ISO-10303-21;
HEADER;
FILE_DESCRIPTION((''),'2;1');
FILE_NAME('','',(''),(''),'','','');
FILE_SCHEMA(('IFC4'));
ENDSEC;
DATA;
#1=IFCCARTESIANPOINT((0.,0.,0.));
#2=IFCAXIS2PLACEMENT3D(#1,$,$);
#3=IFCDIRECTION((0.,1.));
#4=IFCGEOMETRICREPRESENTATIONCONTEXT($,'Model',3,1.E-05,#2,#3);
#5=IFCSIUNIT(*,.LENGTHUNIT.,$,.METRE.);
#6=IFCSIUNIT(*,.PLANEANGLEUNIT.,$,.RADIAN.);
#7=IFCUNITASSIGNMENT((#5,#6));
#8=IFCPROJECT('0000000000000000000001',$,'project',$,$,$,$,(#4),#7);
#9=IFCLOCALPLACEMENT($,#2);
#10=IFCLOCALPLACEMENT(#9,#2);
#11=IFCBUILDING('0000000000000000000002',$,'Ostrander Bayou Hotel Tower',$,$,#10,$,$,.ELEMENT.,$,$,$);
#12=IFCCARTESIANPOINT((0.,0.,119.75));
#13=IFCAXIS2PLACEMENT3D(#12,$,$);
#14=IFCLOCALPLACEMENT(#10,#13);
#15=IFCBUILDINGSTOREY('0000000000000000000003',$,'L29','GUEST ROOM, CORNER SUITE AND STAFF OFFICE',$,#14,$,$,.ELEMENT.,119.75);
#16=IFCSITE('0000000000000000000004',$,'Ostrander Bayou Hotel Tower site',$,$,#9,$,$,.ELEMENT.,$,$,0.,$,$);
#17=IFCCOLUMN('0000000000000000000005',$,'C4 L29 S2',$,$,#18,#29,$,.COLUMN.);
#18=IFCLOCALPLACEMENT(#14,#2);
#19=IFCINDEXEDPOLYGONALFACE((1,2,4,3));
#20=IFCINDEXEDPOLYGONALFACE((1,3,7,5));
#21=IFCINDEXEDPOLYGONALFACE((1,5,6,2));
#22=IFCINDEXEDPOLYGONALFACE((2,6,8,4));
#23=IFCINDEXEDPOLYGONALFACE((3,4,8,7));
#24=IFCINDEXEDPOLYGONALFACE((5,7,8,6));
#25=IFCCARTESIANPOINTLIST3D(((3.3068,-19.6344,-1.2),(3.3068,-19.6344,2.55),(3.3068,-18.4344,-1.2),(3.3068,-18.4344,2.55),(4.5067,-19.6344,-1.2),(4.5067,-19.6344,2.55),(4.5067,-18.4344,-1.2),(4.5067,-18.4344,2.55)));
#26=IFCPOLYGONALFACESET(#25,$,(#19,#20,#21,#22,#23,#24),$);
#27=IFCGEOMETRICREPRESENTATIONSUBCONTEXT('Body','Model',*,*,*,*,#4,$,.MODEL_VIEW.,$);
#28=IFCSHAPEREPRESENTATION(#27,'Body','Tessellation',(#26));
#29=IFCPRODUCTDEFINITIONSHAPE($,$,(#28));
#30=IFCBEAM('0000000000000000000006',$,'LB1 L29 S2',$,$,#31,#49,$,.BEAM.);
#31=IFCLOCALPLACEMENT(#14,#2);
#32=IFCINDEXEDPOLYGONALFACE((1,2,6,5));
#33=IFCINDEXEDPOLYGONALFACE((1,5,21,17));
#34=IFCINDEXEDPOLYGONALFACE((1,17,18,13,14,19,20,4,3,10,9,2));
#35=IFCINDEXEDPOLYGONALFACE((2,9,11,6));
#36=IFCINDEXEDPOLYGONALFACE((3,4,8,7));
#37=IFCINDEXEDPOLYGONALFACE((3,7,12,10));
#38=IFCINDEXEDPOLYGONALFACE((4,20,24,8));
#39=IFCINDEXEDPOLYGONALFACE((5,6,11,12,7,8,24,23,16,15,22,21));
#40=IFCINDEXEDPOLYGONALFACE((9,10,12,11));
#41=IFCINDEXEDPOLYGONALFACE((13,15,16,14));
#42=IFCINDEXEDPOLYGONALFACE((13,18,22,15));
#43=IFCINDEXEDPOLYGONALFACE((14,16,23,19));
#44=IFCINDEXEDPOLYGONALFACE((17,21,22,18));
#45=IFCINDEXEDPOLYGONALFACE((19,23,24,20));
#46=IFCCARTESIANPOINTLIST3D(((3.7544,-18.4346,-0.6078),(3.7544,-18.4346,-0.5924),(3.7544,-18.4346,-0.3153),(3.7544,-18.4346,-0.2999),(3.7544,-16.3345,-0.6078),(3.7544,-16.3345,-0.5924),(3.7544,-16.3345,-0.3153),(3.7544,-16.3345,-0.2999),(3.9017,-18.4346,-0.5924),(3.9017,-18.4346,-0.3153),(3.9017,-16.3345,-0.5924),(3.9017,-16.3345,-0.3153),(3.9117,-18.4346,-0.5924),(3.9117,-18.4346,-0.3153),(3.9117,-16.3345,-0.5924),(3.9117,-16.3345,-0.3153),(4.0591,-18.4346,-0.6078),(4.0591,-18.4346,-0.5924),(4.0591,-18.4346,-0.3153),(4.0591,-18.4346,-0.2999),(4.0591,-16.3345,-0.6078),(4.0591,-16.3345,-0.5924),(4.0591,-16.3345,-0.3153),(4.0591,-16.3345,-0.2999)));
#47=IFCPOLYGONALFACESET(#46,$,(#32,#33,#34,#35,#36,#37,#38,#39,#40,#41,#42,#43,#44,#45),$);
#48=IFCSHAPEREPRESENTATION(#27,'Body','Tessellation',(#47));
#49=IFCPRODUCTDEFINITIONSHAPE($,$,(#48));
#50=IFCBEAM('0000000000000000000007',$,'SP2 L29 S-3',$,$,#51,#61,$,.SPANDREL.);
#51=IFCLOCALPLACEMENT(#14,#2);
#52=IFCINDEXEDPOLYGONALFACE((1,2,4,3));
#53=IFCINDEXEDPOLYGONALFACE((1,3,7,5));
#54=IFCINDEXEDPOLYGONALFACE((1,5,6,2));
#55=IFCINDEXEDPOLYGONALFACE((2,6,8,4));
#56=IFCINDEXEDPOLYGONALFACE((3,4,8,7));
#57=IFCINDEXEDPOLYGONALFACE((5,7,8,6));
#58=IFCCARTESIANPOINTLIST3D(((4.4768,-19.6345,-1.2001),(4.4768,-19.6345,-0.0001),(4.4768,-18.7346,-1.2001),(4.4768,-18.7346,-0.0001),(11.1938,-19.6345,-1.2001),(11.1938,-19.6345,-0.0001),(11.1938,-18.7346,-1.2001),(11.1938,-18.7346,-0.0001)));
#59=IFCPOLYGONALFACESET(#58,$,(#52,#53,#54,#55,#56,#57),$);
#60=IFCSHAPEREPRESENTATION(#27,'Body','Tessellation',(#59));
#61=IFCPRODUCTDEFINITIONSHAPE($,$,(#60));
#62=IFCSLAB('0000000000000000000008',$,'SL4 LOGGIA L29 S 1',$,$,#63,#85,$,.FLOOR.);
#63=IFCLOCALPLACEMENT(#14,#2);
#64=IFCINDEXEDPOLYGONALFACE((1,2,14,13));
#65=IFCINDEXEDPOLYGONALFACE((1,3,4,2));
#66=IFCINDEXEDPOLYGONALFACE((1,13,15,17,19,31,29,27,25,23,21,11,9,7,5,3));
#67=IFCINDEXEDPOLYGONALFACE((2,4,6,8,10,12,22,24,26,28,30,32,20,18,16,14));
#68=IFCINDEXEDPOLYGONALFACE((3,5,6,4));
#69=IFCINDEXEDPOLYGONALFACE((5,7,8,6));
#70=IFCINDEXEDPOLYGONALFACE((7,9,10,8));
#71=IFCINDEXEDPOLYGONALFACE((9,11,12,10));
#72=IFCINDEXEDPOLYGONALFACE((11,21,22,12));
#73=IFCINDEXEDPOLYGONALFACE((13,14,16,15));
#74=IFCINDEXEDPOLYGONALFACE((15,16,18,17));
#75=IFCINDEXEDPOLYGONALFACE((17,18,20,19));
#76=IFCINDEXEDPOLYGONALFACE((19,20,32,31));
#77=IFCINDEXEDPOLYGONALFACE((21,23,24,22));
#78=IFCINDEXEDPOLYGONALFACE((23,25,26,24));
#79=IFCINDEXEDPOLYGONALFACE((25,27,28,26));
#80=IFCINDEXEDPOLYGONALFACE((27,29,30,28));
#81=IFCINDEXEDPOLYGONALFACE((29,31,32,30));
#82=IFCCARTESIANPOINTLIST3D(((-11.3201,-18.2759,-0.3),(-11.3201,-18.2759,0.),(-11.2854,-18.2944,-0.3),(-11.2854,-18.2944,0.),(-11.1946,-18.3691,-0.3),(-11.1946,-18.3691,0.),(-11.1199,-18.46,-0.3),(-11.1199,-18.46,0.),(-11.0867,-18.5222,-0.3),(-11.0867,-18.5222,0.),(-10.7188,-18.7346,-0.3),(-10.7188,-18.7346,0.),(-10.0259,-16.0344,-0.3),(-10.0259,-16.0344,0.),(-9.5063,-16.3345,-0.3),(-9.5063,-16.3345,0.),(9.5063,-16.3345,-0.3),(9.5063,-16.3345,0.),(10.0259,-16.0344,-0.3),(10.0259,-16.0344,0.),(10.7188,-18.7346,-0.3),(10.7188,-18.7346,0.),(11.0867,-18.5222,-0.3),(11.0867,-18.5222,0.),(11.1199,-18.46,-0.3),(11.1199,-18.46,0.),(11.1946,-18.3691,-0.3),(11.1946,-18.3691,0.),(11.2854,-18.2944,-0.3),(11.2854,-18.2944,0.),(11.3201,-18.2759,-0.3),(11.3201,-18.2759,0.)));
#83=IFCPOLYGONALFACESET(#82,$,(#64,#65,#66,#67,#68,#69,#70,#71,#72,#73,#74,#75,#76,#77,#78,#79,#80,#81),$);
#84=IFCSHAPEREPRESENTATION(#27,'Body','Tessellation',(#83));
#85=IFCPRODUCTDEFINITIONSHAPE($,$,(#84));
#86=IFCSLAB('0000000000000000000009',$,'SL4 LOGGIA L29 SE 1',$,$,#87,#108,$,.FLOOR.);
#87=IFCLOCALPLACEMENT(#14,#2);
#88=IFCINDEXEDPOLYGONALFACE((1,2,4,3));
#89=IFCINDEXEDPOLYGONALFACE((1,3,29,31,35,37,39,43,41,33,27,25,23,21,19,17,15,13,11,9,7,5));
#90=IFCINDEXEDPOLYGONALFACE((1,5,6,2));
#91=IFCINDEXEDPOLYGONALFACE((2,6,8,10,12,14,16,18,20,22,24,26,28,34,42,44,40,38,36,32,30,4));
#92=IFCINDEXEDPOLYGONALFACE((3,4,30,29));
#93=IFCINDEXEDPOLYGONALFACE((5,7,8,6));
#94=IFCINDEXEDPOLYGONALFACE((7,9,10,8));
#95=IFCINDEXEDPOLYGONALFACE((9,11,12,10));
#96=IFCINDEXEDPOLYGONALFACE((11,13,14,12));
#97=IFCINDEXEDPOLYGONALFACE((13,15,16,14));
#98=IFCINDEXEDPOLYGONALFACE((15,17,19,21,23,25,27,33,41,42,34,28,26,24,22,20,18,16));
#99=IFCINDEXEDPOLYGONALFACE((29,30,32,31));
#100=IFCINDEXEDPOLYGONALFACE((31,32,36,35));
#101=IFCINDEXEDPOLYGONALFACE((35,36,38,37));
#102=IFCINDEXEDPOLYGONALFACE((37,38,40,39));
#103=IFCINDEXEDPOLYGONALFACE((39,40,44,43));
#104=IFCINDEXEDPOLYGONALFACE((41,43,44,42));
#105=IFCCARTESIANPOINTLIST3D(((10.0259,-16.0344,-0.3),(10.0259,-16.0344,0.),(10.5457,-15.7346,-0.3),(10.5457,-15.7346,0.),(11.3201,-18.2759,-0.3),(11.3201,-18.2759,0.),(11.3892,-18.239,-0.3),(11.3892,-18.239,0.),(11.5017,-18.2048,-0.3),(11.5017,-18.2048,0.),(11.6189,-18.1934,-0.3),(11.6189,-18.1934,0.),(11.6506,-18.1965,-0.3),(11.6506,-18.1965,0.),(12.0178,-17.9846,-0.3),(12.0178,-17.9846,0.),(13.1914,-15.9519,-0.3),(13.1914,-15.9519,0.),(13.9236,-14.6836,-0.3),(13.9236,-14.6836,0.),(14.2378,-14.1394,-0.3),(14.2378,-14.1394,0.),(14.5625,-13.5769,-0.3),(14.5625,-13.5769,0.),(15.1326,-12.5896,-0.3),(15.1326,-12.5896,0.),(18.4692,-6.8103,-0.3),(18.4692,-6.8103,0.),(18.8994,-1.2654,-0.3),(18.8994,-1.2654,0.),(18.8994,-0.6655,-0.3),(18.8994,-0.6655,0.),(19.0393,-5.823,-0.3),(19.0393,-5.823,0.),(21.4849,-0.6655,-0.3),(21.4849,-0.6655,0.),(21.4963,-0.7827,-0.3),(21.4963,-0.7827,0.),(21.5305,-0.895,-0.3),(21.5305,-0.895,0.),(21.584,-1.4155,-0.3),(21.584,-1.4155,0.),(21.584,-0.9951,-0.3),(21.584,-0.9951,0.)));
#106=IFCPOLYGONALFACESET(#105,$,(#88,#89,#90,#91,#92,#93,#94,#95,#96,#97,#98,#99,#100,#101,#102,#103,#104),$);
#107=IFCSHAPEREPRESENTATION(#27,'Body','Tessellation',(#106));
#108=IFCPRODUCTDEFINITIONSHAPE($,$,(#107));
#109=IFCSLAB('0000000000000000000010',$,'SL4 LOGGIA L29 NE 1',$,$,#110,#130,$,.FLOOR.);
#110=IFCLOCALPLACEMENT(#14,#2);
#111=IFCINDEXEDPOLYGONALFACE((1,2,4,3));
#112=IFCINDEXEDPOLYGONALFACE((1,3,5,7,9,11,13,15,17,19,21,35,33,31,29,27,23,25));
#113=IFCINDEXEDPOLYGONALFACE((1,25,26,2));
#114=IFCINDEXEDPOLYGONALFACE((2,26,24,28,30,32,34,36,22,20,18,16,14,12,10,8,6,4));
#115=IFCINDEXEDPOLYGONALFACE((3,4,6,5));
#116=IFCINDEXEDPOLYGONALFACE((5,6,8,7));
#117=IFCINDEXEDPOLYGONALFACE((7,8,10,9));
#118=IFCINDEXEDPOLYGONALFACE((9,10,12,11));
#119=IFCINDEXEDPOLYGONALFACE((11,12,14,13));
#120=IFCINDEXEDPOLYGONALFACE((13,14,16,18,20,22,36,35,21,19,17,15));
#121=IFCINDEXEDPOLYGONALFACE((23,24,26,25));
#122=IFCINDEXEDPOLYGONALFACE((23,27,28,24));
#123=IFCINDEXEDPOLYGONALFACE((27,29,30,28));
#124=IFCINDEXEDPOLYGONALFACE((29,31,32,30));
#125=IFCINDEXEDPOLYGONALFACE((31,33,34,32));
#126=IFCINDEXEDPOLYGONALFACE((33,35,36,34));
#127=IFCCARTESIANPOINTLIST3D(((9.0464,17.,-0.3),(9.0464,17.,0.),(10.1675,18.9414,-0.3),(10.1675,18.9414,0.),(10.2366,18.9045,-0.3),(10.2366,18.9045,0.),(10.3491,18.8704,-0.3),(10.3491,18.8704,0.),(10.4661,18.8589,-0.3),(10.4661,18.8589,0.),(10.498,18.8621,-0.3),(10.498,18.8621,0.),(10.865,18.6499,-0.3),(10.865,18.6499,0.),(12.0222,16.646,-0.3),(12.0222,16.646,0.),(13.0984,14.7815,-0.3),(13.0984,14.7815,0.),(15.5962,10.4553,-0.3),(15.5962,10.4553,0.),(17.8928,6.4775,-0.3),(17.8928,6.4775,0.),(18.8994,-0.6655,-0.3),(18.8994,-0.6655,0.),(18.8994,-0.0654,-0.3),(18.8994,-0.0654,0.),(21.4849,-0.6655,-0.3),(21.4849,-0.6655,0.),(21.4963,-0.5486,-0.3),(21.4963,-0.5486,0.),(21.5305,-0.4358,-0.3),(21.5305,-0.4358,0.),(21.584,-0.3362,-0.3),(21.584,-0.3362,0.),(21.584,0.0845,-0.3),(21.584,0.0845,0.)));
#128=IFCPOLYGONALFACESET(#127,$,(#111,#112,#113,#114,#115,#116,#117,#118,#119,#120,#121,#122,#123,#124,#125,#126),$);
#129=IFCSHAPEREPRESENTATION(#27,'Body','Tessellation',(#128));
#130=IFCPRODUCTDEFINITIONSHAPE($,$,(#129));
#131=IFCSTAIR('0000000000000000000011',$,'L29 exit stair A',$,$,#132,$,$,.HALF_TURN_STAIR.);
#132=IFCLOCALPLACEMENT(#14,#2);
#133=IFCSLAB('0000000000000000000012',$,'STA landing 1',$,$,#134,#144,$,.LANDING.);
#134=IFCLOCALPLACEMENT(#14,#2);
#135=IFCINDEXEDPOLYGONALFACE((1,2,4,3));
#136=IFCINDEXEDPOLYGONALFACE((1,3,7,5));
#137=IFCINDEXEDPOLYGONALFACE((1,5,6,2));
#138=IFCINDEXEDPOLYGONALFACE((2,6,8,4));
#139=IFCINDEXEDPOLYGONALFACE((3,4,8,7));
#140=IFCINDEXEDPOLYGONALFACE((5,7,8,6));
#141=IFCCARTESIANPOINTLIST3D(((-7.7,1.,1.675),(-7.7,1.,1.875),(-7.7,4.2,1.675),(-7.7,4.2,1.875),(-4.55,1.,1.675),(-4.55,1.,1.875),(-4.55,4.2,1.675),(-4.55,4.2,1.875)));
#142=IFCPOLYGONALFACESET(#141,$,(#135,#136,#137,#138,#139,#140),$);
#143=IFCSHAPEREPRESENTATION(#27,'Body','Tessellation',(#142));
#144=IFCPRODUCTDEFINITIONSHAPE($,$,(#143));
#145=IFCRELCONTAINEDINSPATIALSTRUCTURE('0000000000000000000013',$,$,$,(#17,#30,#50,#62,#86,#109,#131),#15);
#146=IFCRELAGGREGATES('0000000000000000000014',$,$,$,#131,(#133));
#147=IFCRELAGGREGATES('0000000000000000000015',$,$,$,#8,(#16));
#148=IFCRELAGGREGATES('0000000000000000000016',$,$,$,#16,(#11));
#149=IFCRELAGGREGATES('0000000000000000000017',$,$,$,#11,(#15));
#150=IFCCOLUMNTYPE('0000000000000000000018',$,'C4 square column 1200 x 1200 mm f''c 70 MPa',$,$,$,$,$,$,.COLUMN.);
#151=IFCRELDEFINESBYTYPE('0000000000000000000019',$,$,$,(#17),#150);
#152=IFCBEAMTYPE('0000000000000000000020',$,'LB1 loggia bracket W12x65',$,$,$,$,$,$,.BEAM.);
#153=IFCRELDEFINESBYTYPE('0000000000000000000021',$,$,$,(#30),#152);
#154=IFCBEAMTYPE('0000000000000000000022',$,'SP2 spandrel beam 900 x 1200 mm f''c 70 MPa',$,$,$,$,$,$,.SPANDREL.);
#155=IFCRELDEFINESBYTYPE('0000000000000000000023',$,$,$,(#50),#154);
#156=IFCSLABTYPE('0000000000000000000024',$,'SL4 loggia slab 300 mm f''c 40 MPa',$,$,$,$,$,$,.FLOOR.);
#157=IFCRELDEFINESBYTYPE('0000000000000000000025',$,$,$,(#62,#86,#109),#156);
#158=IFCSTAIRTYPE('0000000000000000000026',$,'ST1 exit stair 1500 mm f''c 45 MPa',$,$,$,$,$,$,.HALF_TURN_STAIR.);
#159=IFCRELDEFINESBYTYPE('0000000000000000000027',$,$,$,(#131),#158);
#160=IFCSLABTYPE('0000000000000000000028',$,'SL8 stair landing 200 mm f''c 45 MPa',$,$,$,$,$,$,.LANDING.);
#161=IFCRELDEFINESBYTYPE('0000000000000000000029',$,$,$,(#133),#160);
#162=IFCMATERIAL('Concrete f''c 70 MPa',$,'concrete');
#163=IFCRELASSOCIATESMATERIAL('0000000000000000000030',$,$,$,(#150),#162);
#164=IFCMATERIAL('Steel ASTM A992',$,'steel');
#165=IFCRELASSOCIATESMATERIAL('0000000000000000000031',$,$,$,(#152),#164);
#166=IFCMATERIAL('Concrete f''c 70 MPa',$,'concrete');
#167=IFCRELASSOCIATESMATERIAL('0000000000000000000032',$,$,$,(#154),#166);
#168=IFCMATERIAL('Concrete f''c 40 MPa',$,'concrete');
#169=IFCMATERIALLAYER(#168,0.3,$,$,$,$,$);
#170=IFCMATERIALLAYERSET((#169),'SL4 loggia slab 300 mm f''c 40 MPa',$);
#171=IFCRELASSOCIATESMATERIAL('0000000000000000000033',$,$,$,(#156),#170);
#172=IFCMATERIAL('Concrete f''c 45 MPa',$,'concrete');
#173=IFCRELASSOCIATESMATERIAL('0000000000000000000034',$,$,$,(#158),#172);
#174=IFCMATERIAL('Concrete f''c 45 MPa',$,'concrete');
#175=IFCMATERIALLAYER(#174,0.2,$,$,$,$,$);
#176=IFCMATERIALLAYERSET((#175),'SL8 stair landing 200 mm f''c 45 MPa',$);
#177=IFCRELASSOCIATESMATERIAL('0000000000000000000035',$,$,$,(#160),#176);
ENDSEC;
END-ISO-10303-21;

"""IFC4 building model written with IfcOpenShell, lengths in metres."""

from ifc_helpers import new_model, si_unit, direction, frame, origin, origin_2d, place, context, subcontext, project, spatial, polyline, rectangle, i_section, outline, extrude, material, layer, layer_set, material_profile, profile_set, type_object, element, aggregate, save


model = new_model("IFC4")

# Units and contexts
model_context = context("Model", 3, precision=1e-05, world=origin(), true_north=direction((0.0, 1.0)))
body_context = subcontext(model_context, "Body", "Model", "MODEL_VIEW")
ifc_project = project(units=[si_unit("LENGTHUNIT", "METRE"), si_unit("PLANEANGLEUNIT", "RADIAN")], contexts=[model_context])

# Site, building, storey
site_placement = place(None, origin())
site = spatial("IfcSite", under=ifc_project, at=site_placement, Name="Ostrander Bayou Hotel Tower site", CompositionType="ELEMENT", RefElevation=0.0)
building_placement = place(site_placement, origin())
building = spatial("IfcBuilding", under=site, at=building_placement, Name="Ostrander Bayou Hotel Tower", CompositionType="ELEMENT")
storey_placement = place(building_placement, frame((0.0, 0.0, 119.75)))
storey = spatial("IfcBuildingStorey", under=building, at=storey_placement, Name="L29", Description="GUEST ROOM, CORNER SUITE AND STAFF OFFICE", CompositionType="ELEMENT", Elevation=119.75)

# Column
ifc_material_1 = material(Name="Concrete f'c 70 MPa", Category="concrete")
ifc_material_profile_1 = material_profile(ifc_material_1, rectangle(XDim=1.2, YDim=1.2, at=origin_2d()))
ifc_profile_set_1 = profile_set([ifc_material_profile_1], Name="Concrete f'c 70 MPa")
column_type = type_object("IfcColumnType", Name="C4 square column 1200 x 1200 mm f'c 70 MPa", PredefinedType="COLUMN", material=ifc_profile_set_1)
column_placement = place(storey_placement, frame((3.9067, -19.0344, -1.2), z_axis=(0.0, 0.0, 1.0), x_axis=(-1.0, 0.0, 0.0)))
element("IfcColumn", 1, at=column_placement, inside=storey, type_object=column_type, Name="C4 L29 S2", PredefinedType="COLUMN", context=body_context, shape_type="SweptSolid", body=[
    extrude(rectangle(XDim=1.2, YDim=1.2, at=origin_2d()), origin(), (0.0, 0.0, 1.0), 3.75),
])

# Beams
ifc_material_2 = material(Name="Steel ASTM A992", Category="steel")
ifc_material_profile_2 = material_profile(ifc_material_2, i_section(OverallWidth=0.3047, OverallDepth=0.3079, WebThickness=0.01, FlangeThickness=0.0154, at=origin_2d()))
ifc_profile_set_2 = profile_set([ifc_material_profile_2], Name="Steel ASTM A992")
beam_type_1 = type_object("IfcBeamType", Name="LB1 loggia bracket W12x65", PredefinedType="BEAM", material=ifc_profile_set_2)
beam_1_placement = place(storey_placement, frame((3.9067, -18.4346, -0.4539), z_axis=(0.0, 1.0, 0.0), x_axis=(-1.0, 0.0, 0.0)))
element("IfcBeam", 2, at=beam_1_placement, inside=storey, type_object=beam_type_1, Name="LB1 L29 S2", PredefinedType="BEAM", context=body_context, shape_type="SweptSolid", body=[
    extrude(i_section(OverallWidth=0.3047, OverallDepth=0.3079, WebThickness=0.01, FlangeThickness=0.0154, at=origin_2d()), origin(), (0.0, 0.0, 1.0), 2.1001),
])
ifc_material_3 = material(Name="Concrete f'c 70 MPa", Category="concrete")
ifc_material_profile_3 = material_profile(ifc_material_3, rectangle(XDim=0.8999, YDim=1.2, at=origin_2d()))
ifc_profile_set_3 = profile_set([ifc_material_profile_3], Name="Concrete f'c 70 MPa")
beam_type_2 = type_object("IfcBeamType", Name="SP2 spandrel beam 900 x 1200 mm f'c 70 MPa", PredefinedType="SPANDREL", material=ifc_profile_set_3)
beam_2_placement = place(storey_placement, frame((4.4768, -19.1846, -0.6001), z_axis=(1.0, 0.0, 0.0), x_axis=(0.0, 1.0, 0.0)))
element("IfcBeam", 3, at=beam_2_placement, inside=storey, type_object=beam_type_2, Name="SP2 L29 S-3", PredefinedType="SPANDREL", context=body_context, shape_type="SweptSolid", body=[
    extrude(rectangle(XDim=0.8999, YDim=1.2, at=origin_2d()), origin(), (0.0, 0.0, 1.0), 6.717),
])

# Slabs
ifc_material_4 = material(Name="Concrete f'c 40 MPa", Category="concrete")
ifc_layer_1 = layer(ifc_material_4, 0.3)
ifc_layer_set_1 = layer_set([ifc_layer_1], Name="SL4 loggia slab 300 mm f'c 40 MPa")
slab_type_1 = type_object("IfcSlabType", Name="SL4 loggia slab 300 mm f'c 40 MPa", PredefinedType="FLOOR", material=ifc_layer_set_1)
slab_1_placement = place(storey_placement, frame((0.0, 0.0, -0.3)))
element("IfcSlab", 4, at=slab_1_placement, inside=storey, type_object=slab_type_1, Name="SL4 LOGGIA L29 S 1", PredefinedType="FLOOR", context=body_context, shape_type="SweptSolid", body=[
    extrude(outline(polyline([(10.0259, -16.0344), (11.3201, -18.2759), (11.2854, -18.2944), (11.1946, -18.3691), (11.1199, -18.46), (11.0867, -18.5222), (10.7188, -18.7346), (-10.7188, -18.7346), (-11.0867, -18.5222), (-11.1199, -18.46), (-11.1946, -18.3691), (-11.2854, -18.2944), (-11.3201, -18.2759), (-10.0259, -16.0344), (-9.5063, -16.3345), (9.5063, -16.3345), (10.0259, -16.0344)])), origin(), (0.0, 0.0, 1.0), 0.3),
])
slab_2_placement = place(storey_placement, frame((0.0, 0.0, -0.3)))
element("IfcSlab", 5, at=slab_2_placement, inside=storey, type_object=slab_type_1, Name="SL4 LOGGIA L29 SE 1", PredefinedType="FLOOR", context=body_context, shape_type="SweptSolid", body=[
    extrude(outline(polyline([(18.8994, -0.6655), (21.4849, -0.6655), (21.4963, -0.7827), (21.5305, -0.895), (21.584, -0.9951), (21.584, -1.4155), (19.0393, -5.823), (18.4692, -6.8103), (15.1326, -12.5896), (14.5625, -13.5769), (14.2378, -14.1394), (13.9236, -14.6836), (13.1914, -15.9519), (12.0178, -17.9846), (11.6506, -18.1965), (11.6189, -18.1934), (11.5017, -18.2048), (11.3892, -18.239), (11.3201, -18.2759), (10.0259, -16.0344), (10.5457, -15.7346), (18.8994, -1.2654), (18.8994, -0.6655)])), origin(), (0.0, 0.0, 1.0), 0.3),
])
slab_3_placement = place(storey_placement, frame((0.0, 0.0, -0.3)))
element("IfcSlab", 6, at=slab_3_placement, inside=storey, type_object=slab_type_1, Name="SL4 LOGGIA L29 NE 1", PredefinedType="FLOOR", context=body_context, shape_type="SweptSolid", body=[
    extrude(outline(polyline([(10.1675, 18.9414), (10.2366, 18.9045), (10.3491, 18.8704), (10.4661, 18.8589), (10.498, 18.8621), (10.865, 18.6499), (12.0222, 16.646), (13.0984, 14.7815), (15.5962, 10.4553), (17.8928, 6.4775), (21.584, 0.0845), (21.584, -0.3362), (21.5305, -0.4358), (21.4963, -0.5486), (21.4849, -0.6655), (18.8994, -0.6655), (18.8994, -0.0654), (9.0464, 17.0), (10.1675, 18.9414)])), origin(), (0.0, 0.0, 1.0), 0.3),
])

# Stair, slab
ifc_material_5 = material(Name="Concrete f'c 45 MPa", Category="concrete")
stair_type = type_object("IfcStairType", Name="ST1 exit stair 1500 mm f'c 45 MPa", PredefinedType="HALF_TURN_STAIR", material=ifc_material_5)
stair_1_placement = place(storey_placement, origin())
stair_1 = element("IfcStair", 7, at=stair_1_placement, inside=storey, type_object=stair_type, Name="L29 exit stair A", PredefinedType="HALF_TURN_STAIR")
ifc_material_6 = material(Name="Concrete f'c 45 MPa", Category="concrete")
ifc_layer_2 = layer(ifc_material_6, 0.2)
ifc_layer_set_2 = layer_set([ifc_layer_2], Name="SL8 stair landing 200 mm f'c 45 MPa")
slab_type_2 = type_object("IfcSlabType", Name="SL8 stair landing 200 mm f'c 45 MPa", PredefinedType="LANDING", material=ifc_layer_set_2)
slab_4_placement = place(storey_placement, frame((0.0, 0.0, 1.675)))
slab_4 = element("IfcSlab", 8, at=slab_4_placement, type_object=slab_type_2, Name="STA landing 1", PredefinedType="LANDING", context=body_context, shape_type="SweptSolid", body=[
    extrude(outline(polyline([(-7.7, 4.2), (-7.7, 1.0), (-4.55, 1.0), (-4.55, 4.2), (-7.7, 4.2)])), origin(), (0.0, 0.0, 1.0), 0.2),
])
aggregate(stair_1, [slab_4])

save(model, "model.ifc")
